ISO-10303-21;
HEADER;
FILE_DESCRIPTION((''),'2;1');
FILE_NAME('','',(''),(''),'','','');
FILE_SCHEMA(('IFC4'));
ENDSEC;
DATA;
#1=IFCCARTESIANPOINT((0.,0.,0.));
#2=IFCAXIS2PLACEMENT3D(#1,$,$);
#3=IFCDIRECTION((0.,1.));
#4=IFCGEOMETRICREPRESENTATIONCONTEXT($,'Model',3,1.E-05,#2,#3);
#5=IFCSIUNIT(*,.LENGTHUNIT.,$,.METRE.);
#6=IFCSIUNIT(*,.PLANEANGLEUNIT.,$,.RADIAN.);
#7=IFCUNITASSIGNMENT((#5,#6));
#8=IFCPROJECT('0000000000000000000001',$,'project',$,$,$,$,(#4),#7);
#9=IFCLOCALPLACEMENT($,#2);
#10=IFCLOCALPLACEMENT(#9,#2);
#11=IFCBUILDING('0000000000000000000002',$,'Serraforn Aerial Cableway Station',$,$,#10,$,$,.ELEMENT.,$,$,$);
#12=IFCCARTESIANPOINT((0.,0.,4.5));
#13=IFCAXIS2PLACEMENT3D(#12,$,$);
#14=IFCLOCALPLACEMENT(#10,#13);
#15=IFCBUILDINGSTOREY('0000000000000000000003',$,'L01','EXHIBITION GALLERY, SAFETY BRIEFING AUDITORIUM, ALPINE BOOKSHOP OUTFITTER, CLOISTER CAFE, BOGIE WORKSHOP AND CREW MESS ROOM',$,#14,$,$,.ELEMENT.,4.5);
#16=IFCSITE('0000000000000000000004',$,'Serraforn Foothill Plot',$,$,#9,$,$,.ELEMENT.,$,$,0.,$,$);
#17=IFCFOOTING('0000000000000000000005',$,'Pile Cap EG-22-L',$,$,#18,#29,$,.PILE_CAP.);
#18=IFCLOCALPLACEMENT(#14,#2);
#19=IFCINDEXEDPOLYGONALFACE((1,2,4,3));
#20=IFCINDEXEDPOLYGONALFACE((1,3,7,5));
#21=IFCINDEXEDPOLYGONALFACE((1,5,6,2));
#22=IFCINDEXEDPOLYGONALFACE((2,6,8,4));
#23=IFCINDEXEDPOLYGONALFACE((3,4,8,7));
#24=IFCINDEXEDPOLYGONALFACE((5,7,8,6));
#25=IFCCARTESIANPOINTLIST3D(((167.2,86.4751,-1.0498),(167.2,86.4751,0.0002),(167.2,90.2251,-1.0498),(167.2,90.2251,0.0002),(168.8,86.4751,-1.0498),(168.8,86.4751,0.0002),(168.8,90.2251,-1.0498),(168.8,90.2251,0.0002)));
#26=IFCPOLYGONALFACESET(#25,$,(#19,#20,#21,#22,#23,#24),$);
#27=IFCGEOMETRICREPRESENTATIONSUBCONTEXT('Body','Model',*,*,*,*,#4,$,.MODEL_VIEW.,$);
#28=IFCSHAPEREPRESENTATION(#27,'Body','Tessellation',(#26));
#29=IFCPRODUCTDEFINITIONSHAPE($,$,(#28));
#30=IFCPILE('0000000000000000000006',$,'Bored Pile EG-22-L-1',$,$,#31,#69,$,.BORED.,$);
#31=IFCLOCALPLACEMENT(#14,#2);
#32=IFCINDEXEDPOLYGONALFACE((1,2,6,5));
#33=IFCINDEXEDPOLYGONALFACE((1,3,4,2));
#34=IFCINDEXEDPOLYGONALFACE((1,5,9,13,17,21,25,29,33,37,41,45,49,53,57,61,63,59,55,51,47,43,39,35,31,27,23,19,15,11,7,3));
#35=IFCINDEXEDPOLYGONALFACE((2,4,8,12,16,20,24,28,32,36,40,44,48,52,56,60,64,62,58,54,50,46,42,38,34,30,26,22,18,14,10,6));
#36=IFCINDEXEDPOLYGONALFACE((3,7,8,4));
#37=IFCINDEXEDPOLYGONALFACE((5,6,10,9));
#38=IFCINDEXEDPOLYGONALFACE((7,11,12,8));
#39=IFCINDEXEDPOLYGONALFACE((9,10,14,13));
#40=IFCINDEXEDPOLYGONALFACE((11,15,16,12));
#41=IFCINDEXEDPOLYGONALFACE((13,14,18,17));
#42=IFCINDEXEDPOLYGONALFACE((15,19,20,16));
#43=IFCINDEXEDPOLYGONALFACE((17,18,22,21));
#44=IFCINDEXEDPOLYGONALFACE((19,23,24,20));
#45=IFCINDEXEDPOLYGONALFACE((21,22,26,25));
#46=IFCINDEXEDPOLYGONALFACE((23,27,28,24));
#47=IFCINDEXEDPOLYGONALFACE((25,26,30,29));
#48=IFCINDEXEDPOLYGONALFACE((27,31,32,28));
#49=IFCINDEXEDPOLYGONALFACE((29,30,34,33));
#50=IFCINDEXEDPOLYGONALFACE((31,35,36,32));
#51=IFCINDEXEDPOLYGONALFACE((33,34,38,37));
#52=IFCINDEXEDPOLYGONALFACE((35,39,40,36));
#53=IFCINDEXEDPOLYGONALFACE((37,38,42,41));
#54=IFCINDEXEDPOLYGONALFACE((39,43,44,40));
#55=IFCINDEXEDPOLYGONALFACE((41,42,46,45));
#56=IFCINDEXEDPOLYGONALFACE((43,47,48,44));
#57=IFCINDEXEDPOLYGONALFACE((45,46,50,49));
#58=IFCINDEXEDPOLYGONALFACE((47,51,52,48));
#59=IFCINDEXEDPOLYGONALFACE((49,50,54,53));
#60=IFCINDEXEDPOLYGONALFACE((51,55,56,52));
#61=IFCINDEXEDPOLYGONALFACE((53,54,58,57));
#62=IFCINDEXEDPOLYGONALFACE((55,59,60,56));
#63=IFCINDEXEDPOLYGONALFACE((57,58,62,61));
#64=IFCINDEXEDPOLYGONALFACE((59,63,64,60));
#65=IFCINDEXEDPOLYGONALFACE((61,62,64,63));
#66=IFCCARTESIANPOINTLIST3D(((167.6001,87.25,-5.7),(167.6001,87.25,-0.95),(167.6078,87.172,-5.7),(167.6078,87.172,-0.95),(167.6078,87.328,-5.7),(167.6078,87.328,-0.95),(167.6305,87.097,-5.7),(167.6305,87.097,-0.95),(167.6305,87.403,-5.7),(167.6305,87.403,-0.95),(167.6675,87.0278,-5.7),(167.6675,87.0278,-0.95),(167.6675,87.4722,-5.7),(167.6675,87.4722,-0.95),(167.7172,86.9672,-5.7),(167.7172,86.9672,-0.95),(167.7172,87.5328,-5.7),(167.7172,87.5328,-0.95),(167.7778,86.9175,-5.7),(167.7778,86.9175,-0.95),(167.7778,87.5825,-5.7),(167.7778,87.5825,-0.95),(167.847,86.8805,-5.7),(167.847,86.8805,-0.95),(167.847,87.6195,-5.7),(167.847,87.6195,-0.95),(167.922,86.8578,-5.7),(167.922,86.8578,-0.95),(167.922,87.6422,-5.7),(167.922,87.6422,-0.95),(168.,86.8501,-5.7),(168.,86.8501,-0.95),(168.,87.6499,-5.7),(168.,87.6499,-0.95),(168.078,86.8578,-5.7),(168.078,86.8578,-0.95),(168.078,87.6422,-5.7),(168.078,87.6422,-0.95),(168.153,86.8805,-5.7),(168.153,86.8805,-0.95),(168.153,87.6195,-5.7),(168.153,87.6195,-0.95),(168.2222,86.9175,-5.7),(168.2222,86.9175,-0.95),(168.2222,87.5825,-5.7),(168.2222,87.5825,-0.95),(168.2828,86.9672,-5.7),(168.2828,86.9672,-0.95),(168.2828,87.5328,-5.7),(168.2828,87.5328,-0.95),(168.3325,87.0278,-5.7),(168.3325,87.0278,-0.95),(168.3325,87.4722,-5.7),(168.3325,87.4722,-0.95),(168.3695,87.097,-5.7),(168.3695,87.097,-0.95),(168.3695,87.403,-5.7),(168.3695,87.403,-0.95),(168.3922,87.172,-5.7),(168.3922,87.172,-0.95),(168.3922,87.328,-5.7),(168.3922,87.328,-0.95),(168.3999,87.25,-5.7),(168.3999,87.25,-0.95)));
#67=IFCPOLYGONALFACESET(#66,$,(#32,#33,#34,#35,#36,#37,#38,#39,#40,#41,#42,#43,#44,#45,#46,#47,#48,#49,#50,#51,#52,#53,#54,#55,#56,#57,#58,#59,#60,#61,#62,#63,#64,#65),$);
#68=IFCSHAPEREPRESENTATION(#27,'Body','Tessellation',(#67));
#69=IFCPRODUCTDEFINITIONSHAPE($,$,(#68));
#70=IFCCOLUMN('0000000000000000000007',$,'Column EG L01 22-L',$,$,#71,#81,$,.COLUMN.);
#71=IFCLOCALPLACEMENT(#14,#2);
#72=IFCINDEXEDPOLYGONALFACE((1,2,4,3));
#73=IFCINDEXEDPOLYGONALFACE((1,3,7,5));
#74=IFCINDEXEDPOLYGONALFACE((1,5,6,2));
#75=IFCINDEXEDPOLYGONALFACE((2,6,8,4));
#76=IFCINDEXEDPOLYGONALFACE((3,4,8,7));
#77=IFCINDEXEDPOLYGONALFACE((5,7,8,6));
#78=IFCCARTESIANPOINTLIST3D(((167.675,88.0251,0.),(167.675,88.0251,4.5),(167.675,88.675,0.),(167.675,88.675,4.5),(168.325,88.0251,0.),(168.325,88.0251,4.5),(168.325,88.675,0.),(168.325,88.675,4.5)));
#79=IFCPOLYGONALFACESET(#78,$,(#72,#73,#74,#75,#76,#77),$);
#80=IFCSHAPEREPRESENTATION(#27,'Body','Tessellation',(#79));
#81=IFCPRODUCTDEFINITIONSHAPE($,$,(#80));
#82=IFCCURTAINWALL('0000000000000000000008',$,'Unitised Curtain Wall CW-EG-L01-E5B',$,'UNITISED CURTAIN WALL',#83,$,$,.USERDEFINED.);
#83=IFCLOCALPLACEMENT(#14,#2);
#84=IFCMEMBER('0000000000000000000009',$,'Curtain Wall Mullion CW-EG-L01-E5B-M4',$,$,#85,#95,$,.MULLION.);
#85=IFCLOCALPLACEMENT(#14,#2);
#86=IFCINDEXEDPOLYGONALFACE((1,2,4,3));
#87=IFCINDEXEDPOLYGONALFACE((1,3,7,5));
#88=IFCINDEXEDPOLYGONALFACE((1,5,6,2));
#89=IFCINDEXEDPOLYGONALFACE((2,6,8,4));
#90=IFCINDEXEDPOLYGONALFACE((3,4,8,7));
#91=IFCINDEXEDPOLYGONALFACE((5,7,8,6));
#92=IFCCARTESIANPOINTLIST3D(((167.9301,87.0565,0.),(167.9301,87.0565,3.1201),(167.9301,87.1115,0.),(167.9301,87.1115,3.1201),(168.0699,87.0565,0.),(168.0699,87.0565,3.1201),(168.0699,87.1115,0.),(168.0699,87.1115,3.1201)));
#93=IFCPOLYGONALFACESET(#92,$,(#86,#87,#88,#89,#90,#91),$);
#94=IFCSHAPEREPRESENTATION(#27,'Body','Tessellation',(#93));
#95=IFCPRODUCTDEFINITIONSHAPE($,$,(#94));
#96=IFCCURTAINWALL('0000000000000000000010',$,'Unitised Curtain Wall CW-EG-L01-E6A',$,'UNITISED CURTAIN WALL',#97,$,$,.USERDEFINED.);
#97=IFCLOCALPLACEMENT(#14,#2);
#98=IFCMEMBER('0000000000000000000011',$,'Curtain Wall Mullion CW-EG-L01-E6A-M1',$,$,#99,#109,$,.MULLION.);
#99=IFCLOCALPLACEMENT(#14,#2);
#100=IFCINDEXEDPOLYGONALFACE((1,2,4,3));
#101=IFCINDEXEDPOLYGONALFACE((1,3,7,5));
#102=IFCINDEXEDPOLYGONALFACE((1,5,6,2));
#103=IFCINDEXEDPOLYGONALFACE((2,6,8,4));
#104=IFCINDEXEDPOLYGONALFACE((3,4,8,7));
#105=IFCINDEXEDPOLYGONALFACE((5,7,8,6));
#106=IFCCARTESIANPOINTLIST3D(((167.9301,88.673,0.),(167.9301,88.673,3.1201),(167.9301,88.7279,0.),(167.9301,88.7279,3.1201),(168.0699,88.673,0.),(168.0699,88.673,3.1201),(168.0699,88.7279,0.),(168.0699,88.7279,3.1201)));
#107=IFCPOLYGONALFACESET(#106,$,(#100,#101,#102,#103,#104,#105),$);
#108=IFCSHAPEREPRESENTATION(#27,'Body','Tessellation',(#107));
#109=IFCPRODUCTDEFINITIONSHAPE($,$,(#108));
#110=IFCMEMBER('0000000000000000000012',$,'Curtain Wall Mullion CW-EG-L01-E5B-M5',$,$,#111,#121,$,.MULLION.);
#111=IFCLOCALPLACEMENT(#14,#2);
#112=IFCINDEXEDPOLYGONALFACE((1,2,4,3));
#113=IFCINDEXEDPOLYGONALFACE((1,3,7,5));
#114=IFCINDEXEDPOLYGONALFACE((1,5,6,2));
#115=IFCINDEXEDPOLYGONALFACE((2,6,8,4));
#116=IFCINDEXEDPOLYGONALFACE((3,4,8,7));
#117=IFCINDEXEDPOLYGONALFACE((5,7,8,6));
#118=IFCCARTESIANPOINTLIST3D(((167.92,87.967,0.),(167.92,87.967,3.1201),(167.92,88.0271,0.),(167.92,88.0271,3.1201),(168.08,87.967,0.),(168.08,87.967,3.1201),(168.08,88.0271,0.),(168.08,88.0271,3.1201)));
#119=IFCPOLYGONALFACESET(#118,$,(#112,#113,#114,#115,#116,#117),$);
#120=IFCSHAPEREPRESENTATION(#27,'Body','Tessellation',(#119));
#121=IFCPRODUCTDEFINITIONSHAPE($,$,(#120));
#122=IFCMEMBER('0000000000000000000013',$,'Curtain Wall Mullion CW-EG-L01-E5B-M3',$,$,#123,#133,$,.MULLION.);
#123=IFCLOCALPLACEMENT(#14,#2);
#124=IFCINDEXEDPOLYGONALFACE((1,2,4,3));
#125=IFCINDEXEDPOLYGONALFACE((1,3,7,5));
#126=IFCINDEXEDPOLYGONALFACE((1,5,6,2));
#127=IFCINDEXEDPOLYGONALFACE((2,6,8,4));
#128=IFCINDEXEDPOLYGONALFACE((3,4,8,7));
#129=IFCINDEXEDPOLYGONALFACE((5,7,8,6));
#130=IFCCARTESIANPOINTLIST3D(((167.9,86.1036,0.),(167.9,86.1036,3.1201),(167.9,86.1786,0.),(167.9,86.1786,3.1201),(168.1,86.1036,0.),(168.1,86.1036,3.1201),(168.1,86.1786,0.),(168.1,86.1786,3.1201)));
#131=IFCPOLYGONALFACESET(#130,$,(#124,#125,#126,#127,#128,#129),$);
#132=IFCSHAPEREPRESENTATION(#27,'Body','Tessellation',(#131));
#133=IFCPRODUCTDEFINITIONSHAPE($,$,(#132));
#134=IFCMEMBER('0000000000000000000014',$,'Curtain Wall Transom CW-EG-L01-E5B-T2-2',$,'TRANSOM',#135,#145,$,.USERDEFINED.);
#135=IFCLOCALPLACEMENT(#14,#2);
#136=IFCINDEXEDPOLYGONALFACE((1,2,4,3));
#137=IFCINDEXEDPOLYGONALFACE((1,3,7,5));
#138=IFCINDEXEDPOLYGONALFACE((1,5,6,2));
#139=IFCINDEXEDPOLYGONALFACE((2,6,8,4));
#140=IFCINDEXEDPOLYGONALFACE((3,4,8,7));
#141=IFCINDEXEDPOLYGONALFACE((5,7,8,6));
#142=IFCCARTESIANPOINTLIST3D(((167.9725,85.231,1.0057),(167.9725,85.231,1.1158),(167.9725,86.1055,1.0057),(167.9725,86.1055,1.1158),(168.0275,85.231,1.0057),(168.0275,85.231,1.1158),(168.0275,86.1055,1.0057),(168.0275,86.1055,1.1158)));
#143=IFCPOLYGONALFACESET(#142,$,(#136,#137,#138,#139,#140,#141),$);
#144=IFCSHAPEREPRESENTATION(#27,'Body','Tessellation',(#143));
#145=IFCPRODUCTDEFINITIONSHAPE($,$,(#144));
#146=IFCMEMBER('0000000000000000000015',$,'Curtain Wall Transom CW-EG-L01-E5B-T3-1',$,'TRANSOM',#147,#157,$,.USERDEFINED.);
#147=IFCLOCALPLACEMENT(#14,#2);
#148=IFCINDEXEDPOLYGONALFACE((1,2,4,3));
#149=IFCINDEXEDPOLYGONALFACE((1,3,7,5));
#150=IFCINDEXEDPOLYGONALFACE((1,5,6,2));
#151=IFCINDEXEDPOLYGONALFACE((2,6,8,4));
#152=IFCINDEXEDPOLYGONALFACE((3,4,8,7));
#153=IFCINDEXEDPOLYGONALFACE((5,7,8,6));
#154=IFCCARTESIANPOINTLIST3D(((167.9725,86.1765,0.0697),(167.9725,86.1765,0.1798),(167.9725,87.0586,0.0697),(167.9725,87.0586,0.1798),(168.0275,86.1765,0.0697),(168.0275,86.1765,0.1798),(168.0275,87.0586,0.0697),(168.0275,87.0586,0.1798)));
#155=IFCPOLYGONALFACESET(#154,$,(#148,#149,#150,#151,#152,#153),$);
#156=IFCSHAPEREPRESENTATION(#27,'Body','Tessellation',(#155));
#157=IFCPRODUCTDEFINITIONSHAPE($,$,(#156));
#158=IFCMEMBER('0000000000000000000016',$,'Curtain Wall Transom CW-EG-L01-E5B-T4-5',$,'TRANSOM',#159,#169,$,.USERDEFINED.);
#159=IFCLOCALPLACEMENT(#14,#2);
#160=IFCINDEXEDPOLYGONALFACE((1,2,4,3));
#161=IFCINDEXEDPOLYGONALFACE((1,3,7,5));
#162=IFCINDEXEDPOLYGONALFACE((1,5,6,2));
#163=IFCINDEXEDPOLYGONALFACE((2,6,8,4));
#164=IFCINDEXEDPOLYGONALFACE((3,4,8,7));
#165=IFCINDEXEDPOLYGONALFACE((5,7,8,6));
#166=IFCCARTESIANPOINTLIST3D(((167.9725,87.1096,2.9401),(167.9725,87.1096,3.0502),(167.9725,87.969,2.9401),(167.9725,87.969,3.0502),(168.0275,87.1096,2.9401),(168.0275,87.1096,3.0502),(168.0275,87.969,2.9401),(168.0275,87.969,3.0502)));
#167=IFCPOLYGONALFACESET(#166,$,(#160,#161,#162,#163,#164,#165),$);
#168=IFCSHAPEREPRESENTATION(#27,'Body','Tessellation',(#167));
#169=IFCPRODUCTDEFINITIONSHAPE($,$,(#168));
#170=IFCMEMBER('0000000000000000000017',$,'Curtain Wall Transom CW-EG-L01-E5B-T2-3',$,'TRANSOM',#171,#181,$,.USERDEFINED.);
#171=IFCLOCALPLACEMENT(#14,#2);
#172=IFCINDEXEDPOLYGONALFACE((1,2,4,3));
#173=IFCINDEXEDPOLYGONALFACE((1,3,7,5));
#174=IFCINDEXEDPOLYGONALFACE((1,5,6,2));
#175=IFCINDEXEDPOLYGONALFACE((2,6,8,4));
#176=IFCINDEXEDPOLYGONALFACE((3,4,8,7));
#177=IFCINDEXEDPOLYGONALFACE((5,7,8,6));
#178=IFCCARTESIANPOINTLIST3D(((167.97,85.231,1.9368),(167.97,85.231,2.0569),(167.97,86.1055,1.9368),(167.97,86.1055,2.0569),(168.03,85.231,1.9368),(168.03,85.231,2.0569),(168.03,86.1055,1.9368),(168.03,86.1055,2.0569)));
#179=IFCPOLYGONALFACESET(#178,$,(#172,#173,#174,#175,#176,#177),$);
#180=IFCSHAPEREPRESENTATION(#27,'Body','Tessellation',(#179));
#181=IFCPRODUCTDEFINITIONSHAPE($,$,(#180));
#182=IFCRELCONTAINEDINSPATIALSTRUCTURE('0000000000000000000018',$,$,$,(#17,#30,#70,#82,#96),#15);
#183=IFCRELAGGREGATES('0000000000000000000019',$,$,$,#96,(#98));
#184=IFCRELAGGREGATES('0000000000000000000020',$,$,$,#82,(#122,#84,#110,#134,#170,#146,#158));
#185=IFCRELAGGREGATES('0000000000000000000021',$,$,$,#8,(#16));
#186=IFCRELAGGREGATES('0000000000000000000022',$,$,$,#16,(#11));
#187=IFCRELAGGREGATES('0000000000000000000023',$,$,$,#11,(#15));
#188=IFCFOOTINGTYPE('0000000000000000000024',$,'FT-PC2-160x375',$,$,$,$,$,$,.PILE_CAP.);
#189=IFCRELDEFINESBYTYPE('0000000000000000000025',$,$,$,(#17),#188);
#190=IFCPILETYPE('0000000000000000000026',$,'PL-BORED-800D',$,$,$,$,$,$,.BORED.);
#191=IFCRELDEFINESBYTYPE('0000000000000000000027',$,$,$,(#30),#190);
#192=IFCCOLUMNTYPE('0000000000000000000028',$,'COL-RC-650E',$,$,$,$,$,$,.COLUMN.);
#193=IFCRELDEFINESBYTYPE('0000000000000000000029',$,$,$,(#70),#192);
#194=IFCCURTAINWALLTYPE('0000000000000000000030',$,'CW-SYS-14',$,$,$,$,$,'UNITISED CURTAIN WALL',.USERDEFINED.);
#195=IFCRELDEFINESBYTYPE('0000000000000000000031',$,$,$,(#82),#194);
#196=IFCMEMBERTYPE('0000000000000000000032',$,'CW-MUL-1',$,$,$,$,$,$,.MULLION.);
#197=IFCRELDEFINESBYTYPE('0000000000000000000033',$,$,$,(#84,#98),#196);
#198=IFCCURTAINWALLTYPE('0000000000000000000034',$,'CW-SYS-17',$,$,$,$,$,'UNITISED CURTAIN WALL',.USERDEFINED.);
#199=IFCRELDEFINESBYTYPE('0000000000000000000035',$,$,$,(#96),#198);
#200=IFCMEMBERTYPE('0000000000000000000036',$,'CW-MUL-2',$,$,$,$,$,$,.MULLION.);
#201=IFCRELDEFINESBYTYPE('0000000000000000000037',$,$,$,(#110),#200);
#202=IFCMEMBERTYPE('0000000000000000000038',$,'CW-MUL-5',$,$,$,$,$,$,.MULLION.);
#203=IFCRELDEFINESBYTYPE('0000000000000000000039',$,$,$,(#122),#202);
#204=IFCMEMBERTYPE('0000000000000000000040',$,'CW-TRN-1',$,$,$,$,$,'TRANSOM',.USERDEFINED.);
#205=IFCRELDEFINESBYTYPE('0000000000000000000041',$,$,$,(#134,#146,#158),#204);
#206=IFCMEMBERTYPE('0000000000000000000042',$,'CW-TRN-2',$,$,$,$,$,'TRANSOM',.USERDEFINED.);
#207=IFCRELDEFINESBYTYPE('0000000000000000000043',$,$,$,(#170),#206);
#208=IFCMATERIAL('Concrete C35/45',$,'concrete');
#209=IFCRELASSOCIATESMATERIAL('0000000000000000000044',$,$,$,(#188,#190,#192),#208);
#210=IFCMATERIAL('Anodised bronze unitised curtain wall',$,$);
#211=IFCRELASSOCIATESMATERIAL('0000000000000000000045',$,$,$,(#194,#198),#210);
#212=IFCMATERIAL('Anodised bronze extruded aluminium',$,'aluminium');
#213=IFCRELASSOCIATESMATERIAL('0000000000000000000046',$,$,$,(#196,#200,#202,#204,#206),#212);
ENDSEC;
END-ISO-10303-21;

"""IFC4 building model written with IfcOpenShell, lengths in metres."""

from ifc_helpers import new_model, si_unit, direction, frame, origin, origin_2d, place, context, subcontext, project, spatial, rectangle, circle, extrude, material, material_profile, profile_set, type_object, element, aggregate, save


model = new_model("IFC4")

# Units and contexts
model_context = context("Model", 3, precision=1e-05, world=origin(), true_north=direction((0.0, 1.0)))
body_context = subcontext(model_context, "Body", "Model", "MODEL_VIEW")
ifc_project = project(units=[si_unit("LENGTHUNIT", "METRE"), si_unit("PLANEANGLEUNIT", "RADIAN")], contexts=[model_context])

# Site, building, storey
site_placement = place(None, origin())
site = spatial("IfcSite", under=ifc_project, at=site_placement, Name="Serraforn Foothill Plot", CompositionType="ELEMENT", RefElevation=0.0)
building_placement = place(site_placement, origin())
building = spatial("IfcBuilding", under=site, at=building_placement, Name="Serraforn Aerial Cableway Station", CompositionType="ELEMENT")
storey_placement = place(building_placement, frame((0.0, 0.0, 4.5)))
storey = spatial("IfcBuildingStorey", under=building, at=storey_placement, Name="L01", Description="EXHIBITION GALLERY, SAFETY BRIEFING AUDITORIUM, ALPINE BOOKSHOP OUTFITTER, CLOISTER CAFE, BOGIE WORKSHOP AND CREW MESS ROOM", CompositionType="ELEMENT", Elevation=4.5)

# Footing
ifc_material_1 = material(Name="Concrete C35/45", Category="concrete")
footing_type = type_object("IfcFootingType", Name="FT-PC2-160x375", PredefinedType="PILE_CAP", material=ifc_material_1)
footing_placement = place(storey_placement, frame((168.0, 88.3501, -1.0498), z_axis=(0.0, 0.0, 1.0), x_axis=(1.0, 0.0, 0.0)))
element("IfcFooting", 1, at=footing_placement, inside=storey, type_object=footing_type, Name="Pile Cap EG-22-L", PredefinedType="PILE_CAP", context=body_context, shape_type="SweptSolid", body=[
    extrude(rectangle(XDim=1.6001, YDim=3.75, at=origin_2d()), origin(), (0.0, 0.0, 1.0), 1.05),
])

# Pile
ifc_material_profile_1 = material_profile(ifc_material_1, circle(Radius=0.3999, at=origin_2d()), Name="BORED PILE D800")
ifc_profile_set_1 = profile_set([ifc_material_profile_1], Name="Concrete C35/45")
pile_type = type_object("IfcPileType", Name="PL-BORED-800D", PredefinedType="BORED", material=ifc_profile_set_1)
pile_placement = place(storey_placement, frame((168.0, 87.25, -0.95), z_axis=(0.0, 0.0, -1.0), x_axis=(1.0, 0.0, 0.0)))
element("IfcPile", 2, at=pile_placement, inside=storey, type_object=pile_type, Name="Bored Pile EG-22-L-1", PredefinedType="BORED", context=body_context, shape_type="SweptSolid", body=[
    extrude(circle(Radius=0.3999, at=origin_2d()), origin(), (0.0, 0.0, 1.0), 4.75),
])

# Column
ifc_material_profile_2 = material_profile(ifc_material_1, rectangle(XDim=0.6499, YDim=0.6499, at=origin_2d()), Name="RC 650x650")
ifc_profile_set_2 = profile_set([ifc_material_profile_2], Name="Concrete C35/45")
column_type = type_object("IfcColumnType", Name="COL-RC-650E", PredefinedType="COLUMN", material=ifc_profile_set_2)
column_placement = place(storey_placement, frame((168.0, 88.3501, 0.0), z_axis=(0.0, 0.0, 1.0), x_axis=(1.0, 0.0, 0.0)))
element("IfcColumn", 3, at=column_placement, inside=storey, type_object=column_type, Name="Column EG L01 22-L", PredefinedType="COLUMN", context=body_context, shape_type="SweptSolid", body=[
    extrude(rectangle(XDim=0.6499, YDim=0.6499, at=origin_2d()), origin(), (0.0, 0.0, 1.0), 4.5),
])

# Curtain walls, members
ifc_material_2 = material(Name="Anodised bronze unitised curtain wall")
curtain_wall_type_1 = type_object("IfcCurtainWallType", Name="CW-SYS-14", ElementType="UNITISED CURTAIN WALL", PredefinedType="USERDEFINED", material=ifc_material_2)
curtain_wall_1_placement = place(storey_placement, origin())
curtain_wall_1 = element("IfcCurtainWall", 4, at=curtain_wall_1_placement, inside=storey, type_object=curtain_wall_type_1, Name="Unitised Curtain Wall CW-EG-L01-E5B", ObjectType="UNITISED CURTAIN WALL", PredefinedType="USERDEFINED")
ifc_material_3 = material(Name="Anodised bronze extruded aluminium", Category="aluminium")
ifc_material_profile_3 = material_profile(ifc_material_3, rectangle(XDim=0.0549, YDim=0.1399, at=origin_2d()), Name="CW MULLION 55x140")
ifc_profile_set_3 = profile_set([ifc_material_profile_3], Name="Anodised bronze extruded aluminium")
member_type_1 = type_object("IfcMemberType", Name="CW-MUL-1", PredefinedType="MULLION", material=ifc_profile_set_3)
member_1_placement = place(storey_placement, frame((168.0, 87.084, 0.0), z_axis=(0.0, 0.0, 1.0), x_axis=(0.0, 1.0, 0.0)))
member_1 = element("IfcMember", 5, at=member_1_placement, type_object=member_type_1, Name="Curtain Wall Mullion CW-EG-L01-E5B-M4", PredefinedType="MULLION", context=body_context, shape_type="SweptSolid", body=[
    extrude(rectangle(XDim=0.0549, YDim=0.1399, at=origin_2d()), origin(), (0.0, 0.0, 1.0), 3.1201),
])
curtain_wall_type_2 = type_object("IfcCurtainWallType", Name="CW-SYS-17", ElementType="UNITISED CURTAIN WALL", PredefinedType="USERDEFINED", material=ifc_material_2)
curtain_wall_2_placement = place(storey_placement, origin())
curtain_wall_2 = element("IfcCurtainWall", 6, at=curtain_wall_2_placement, inside=storey, type_object=curtain_wall_type_2, Name="Unitised Curtain Wall CW-EG-L01-E6A", ObjectType="UNITISED CURTAIN WALL", PredefinedType="USERDEFINED")
member_2_placement = place(storey_placement, frame((168.0, 88.7004, 0.0), z_axis=(0.0, 0.0, 1.0), x_axis=(0.0, 1.0, 0.0)))
member_2 = element("IfcMember", 7, at=member_2_placement, type_object=member_type_1, Name="Curtain Wall Mullion CW-EG-L01-E6A-M1", PredefinedType="MULLION", context=body_context, shape_type="SweptSolid", body=[
    extrude(rectangle(XDim=0.0549, YDim=0.1399, at=origin_2d()), origin(), (0.0, 0.0, 1.0), 3.1201),
])

# Members
ifc_material_profile_4 = material_profile(ifc_material_3, rectangle(XDim=0.0601, YDim=0.1599, at=origin_2d()), Name="CW MULLION 60x160")
ifc_profile_set_4 = profile_set([ifc_material_profile_4], Name="Anodised bronze extruded aluminium")
member_type_2 = type_object("IfcMemberType", Name="CW-MUL-2", PredefinedType="MULLION", material=ifc_profile_set_4)
member_3_placement = place(storey_placement, frame((168.0, 87.9971, 0.0), z_axis=(0.0, 0.0, 1.0), x_axis=(0.0, 1.0, 0.0)))
member_3 = element("IfcMember", 8, at=member_3_placement, type_object=member_type_2, Name="Curtain Wall Mullion CW-EG-L01-E5B-M5", PredefinedType="MULLION", context=body_context, shape_type="SweptSolid", body=[
    extrude(rectangle(XDim=0.0601, YDim=0.1599, at=origin_2d()), origin(), (0.0, 0.0, 1.0), 3.1201),
])
ifc_material_profile_5 = material_profile(ifc_material_3, rectangle(XDim=0.075, YDim=0.2, at=origin_2d()), Name="CW MULLION 75x200")
ifc_profile_set_5 = profile_set([ifc_material_profile_5], Name="Anodised bronze extruded aluminium")
member_type_3 = type_object("IfcMemberType", Name="CW-MUL-5", PredefinedType="MULLION", material=ifc_profile_set_5)
member_4_placement = place(storey_placement, frame((168.0, 86.1411, 0.0), z_axis=(0.0, 0.0, 1.0), x_axis=(0.0, 1.0, 0.0)))
member_4 = element("IfcMember", 9, at=member_4_placement, type_object=member_type_3, Name="Curtain Wall Mullion CW-EG-L01-E5B-M3", PredefinedType="MULLION", context=body_context, shape_type="SweptSolid", body=[
    extrude(rectangle(XDim=0.075, YDim=0.2, at=origin_2d()), origin(), (0.0, 0.0, 1.0), 3.1201),
])
ifc_material_profile_6 = material_profile(ifc_material_3, rectangle(XDim=0.0549, YDim=0.1101, at=origin_2d()), Name="CW TRANSOM 55x110")
ifc_profile_set_6 = profile_set([ifc_material_profile_6], Name="Anodised bronze extruded aluminium")
member_type_4 = type_object("IfcMemberType", Name="CW-TRN-1", ElementType="TRANSOM", PredefinedType="USERDEFINED", material=ifc_profile_set_6)
member_5_placement = place(storey_placement, frame((168.0, 85.231, 1.0608), z_axis=(0.0, 1.0, 0.0), x_axis=(-1.0, 0.0, 0.0)))
member_5 = element("IfcMember", 10, at=member_5_placement, type_object=member_type_4, Name="Curtain Wall Transom CW-EG-L01-E5B-T2-2", ObjectType="TRANSOM", PredefinedType="USERDEFINED", context=body_context, shape_type="SweptSolid", body=[
    extrude(rectangle(XDim=0.0549, YDim=0.1101, at=origin_2d()), origin(), (0.0, 0.0, 1.0), 0.8745),
])
member_6_placement = place(storey_placement, frame((168.0, 86.1765, 0.1248), z_axis=(0.0, 1.0, 0.0), x_axis=(-1.0, 0.0, 0.0)))
member_6 = element("IfcMember", 11, at=member_6_placement, type_object=member_type_4, Name="Curtain Wall Transom CW-EG-L01-E5B-T3-1", ObjectType="TRANSOM", PredefinedType="USERDEFINED", context=body_context, shape_type="SweptSolid", body=[
    extrude(rectangle(XDim=0.0549, YDim=0.1101, at=origin_2d()), origin(), (0.0, 0.0, 1.0), 0.8821),
])
member_7_placement = place(storey_placement, frame((168.0, 87.1096, 2.9951), z_axis=(0.0, 1.0, 0.0), x_axis=(-1.0, 0.0, 0.0)))
member_7 = element("IfcMember", 12, at=member_7_placement, type_object=member_type_4, Name="Curtain Wall Transom CW-EG-L01-E5B-T4-5", ObjectType="TRANSOM", PredefinedType="USERDEFINED", context=body_context, shape_type="SweptSolid", body=[
    extrude(rectangle(XDim=0.0549, YDim=0.1101, at=origin_2d()), origin(), (0.0, 0.0, 1.0), 0.8594),
])
ifc_material_profile_7 = material_profile(ifc_material_3, rectangle(XDim=0.0601, YDim=0.1201, at=origin_2d()), Name="CW TRANSOM 60x120")
ifc_profile_set_7 = profile_set([ifc_material_profile_7], Name="Anodised bronze extruded aluminium")
member_type_5 = type_object("IfcMemberType", Name="CW-TRN-2", ElementType="TRANSOM", PredefinedType="USERDEFINED", material=ifc_profile_set_7)
member_8_placement = place(storey_placement, frame((168.0, 85.231, 1.9968), z_axis=(0.0, 1.0, 0.0), x_axis=(-1.0, 0.0, 0.0)))
member_8 = element("IfcMember", 13, at=member_8_placement, type_object=member_type_5, Name="Curtain Wall Transom CW-EG-L01-E5B-T2-3", ObjectType="TRANSOM", PredefinedType="USERDEFINED", context=body_context, shape_type="SweptSolid", body=[
    extrude(rectangle(XDim=0.0601, YDim=0.1201, at=origin_2d()), origin(), (0.0, 0.0, 1.0), 0.8745),
])
aggregate(curtain_wall_2, [member_2])

aggregate(curtain_wall_1, [member_4, member_1, member_3, member_5, member_8, member_6, member_7])

save(model, "model.ifc")
